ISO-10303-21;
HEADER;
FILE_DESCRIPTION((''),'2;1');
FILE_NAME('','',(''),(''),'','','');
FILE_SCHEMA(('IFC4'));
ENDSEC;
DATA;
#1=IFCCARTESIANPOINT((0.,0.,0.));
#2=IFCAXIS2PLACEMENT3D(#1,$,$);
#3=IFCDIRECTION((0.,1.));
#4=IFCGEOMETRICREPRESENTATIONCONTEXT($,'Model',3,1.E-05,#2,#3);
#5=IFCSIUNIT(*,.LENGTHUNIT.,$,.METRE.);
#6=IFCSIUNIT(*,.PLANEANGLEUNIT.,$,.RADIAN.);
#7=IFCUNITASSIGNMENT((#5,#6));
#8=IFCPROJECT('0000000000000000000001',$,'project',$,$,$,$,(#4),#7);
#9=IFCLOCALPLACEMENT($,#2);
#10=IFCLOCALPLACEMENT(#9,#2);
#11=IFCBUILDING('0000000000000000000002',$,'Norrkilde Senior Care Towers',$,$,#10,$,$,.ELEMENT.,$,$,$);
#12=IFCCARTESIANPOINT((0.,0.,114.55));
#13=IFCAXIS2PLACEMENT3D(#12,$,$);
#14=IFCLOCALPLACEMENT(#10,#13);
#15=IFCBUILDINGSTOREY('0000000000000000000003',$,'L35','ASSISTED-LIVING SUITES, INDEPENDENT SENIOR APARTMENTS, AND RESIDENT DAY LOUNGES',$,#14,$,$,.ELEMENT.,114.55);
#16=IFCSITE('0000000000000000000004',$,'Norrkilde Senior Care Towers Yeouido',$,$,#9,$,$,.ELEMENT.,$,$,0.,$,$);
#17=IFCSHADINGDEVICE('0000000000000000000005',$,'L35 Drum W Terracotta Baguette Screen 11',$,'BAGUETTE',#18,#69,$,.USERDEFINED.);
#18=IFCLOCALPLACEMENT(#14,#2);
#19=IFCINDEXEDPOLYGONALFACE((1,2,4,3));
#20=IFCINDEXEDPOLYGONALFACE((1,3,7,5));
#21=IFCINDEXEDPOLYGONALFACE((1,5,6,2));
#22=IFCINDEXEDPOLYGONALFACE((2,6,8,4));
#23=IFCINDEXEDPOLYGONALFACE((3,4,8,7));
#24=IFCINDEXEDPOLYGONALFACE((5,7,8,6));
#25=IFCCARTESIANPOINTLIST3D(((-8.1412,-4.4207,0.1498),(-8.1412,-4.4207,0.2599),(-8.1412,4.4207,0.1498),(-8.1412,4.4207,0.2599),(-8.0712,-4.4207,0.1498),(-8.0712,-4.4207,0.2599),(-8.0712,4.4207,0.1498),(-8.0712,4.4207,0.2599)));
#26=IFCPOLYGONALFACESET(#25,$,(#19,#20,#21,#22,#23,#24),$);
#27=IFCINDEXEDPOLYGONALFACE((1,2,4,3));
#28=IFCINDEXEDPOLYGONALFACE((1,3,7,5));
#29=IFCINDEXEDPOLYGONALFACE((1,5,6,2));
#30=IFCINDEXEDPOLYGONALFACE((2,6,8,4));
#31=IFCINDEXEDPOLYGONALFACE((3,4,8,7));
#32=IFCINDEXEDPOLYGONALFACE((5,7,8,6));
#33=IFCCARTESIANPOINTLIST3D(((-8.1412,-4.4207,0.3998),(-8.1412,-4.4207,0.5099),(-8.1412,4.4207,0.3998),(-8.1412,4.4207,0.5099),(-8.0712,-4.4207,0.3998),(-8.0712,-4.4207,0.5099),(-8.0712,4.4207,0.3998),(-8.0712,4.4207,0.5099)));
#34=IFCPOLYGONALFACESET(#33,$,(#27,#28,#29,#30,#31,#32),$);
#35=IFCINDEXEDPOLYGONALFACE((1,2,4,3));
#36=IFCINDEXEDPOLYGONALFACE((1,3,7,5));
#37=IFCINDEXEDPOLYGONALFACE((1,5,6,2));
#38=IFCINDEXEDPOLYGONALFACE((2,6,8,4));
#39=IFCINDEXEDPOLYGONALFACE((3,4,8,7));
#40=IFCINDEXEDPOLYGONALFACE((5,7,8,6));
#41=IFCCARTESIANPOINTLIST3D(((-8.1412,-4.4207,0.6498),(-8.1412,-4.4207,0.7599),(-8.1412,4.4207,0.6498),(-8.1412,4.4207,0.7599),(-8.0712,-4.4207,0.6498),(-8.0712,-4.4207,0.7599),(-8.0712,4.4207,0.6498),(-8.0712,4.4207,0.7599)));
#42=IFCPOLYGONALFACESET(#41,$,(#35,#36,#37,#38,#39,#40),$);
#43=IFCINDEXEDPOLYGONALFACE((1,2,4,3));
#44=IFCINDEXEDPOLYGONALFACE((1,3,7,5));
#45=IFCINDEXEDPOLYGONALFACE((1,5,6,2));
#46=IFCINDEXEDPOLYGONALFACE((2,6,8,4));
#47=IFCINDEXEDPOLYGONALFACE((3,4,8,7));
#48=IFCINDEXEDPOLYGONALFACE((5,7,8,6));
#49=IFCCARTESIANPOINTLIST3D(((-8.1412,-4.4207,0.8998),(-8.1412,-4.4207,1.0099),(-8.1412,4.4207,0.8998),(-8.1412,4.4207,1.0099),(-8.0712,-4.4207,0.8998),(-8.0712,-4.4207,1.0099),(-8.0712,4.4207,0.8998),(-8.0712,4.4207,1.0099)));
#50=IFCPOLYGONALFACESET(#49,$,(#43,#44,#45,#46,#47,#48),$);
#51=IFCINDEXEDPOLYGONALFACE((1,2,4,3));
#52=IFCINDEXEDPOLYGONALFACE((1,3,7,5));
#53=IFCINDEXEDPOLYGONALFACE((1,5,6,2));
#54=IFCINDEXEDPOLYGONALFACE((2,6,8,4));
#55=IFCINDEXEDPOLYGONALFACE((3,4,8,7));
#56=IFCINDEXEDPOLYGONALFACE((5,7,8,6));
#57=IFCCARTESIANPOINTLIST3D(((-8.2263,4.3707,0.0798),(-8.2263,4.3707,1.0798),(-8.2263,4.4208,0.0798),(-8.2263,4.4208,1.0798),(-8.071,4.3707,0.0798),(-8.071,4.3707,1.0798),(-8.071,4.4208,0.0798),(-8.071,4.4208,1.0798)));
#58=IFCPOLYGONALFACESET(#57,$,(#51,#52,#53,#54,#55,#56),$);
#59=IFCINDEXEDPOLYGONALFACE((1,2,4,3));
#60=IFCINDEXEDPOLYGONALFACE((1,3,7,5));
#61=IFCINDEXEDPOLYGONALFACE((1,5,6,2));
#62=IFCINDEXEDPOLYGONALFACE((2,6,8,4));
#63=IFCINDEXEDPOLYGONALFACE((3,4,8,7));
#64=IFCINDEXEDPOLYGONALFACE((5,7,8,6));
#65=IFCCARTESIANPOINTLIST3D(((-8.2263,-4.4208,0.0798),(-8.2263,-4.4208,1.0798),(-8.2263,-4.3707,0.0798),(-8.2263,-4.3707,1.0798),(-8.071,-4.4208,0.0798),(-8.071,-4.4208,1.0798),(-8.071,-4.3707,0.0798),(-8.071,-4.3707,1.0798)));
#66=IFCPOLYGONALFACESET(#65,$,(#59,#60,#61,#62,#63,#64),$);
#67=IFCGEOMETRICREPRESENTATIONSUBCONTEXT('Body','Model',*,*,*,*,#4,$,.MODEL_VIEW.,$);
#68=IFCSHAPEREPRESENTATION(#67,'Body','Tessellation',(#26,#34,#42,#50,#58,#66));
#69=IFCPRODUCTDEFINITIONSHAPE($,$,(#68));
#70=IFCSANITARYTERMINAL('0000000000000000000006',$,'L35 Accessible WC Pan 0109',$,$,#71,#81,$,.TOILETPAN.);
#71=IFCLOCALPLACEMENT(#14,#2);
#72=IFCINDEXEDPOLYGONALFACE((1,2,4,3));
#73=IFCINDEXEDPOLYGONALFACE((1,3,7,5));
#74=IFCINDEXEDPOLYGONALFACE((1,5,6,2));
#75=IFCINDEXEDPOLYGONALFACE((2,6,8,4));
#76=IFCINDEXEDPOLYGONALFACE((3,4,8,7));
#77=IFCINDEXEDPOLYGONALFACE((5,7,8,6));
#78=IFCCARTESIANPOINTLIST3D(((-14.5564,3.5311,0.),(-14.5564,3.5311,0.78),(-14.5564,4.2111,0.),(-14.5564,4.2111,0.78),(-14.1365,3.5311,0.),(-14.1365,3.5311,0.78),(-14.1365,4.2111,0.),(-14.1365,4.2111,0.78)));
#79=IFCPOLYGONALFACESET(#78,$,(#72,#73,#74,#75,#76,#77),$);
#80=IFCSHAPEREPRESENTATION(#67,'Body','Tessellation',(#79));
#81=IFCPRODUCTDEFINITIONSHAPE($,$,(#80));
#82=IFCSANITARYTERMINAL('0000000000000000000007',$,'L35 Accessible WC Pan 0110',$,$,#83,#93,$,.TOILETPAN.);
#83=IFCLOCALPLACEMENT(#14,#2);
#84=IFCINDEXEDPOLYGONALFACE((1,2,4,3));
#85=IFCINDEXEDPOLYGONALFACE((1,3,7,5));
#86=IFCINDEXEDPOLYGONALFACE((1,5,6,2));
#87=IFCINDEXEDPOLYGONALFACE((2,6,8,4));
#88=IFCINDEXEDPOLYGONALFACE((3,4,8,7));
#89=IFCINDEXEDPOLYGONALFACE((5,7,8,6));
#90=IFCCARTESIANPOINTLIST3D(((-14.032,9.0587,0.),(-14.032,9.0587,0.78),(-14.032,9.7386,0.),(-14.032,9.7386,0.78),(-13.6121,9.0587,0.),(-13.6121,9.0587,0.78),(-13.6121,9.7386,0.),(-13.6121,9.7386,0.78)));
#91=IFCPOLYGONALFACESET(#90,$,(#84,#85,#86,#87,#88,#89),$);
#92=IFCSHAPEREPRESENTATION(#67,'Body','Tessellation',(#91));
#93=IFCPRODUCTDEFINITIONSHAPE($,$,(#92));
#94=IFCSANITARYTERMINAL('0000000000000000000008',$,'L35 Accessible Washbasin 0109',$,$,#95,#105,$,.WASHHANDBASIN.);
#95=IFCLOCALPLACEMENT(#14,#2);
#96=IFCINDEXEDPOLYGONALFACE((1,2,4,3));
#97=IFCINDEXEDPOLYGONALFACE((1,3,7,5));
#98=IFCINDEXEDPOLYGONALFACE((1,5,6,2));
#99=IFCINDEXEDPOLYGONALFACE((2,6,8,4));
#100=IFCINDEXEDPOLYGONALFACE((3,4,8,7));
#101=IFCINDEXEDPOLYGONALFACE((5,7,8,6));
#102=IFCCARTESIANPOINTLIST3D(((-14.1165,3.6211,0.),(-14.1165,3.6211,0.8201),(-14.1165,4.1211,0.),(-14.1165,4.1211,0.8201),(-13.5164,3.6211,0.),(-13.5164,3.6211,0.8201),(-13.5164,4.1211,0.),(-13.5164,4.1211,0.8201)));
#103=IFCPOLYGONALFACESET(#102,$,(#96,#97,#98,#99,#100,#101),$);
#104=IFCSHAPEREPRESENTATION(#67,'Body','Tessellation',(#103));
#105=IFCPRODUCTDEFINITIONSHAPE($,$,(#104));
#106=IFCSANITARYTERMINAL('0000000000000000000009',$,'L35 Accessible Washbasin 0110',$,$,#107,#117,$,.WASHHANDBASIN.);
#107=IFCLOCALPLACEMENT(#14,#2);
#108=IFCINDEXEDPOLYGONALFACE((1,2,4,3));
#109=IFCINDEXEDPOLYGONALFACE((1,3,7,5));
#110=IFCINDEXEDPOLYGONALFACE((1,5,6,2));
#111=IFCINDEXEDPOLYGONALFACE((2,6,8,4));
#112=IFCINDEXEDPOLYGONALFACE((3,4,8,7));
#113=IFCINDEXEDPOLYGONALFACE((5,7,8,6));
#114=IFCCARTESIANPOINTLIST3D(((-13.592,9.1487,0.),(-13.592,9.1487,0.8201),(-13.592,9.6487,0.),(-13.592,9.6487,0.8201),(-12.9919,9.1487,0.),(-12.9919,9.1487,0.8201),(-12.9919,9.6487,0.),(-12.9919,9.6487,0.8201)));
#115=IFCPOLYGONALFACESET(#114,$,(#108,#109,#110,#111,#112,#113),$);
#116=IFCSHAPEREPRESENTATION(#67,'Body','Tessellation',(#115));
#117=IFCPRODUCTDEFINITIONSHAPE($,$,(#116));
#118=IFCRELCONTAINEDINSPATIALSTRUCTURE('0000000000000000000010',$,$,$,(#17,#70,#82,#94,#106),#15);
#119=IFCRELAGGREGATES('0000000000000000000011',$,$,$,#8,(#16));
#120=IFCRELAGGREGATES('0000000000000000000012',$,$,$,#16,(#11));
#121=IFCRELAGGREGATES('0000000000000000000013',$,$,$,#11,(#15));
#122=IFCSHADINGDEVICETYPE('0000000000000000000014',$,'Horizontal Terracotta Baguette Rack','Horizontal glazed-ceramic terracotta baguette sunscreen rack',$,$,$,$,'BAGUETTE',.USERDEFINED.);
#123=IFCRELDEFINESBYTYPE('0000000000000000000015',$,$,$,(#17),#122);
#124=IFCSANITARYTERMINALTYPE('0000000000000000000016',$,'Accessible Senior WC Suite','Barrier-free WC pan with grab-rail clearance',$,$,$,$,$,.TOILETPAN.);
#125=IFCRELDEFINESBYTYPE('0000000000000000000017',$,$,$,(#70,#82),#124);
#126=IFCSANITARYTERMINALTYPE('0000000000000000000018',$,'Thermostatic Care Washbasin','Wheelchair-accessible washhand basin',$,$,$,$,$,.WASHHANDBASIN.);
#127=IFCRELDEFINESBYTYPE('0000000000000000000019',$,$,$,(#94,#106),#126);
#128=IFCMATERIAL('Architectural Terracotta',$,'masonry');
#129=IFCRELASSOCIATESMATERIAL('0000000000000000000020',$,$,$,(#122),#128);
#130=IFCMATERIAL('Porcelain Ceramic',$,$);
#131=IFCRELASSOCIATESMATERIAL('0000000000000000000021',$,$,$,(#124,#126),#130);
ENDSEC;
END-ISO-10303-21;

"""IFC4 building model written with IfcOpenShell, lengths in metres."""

from ifc_helpers import new_model, si_unit, direction, frame, origin, origin_2d, place, context, subcontext, project, spatial, rectangle, extrude, source, transform, mapped, material, type_object, type_shapes, element, save


model = new_model("IFC4")

# Units and contexts
model_context = context("Model", 3, precision=1e-05, world=origin(), true_north=direction((0.0, 1.0)))
body_context = subcontext(model_context, "Body", "Model", "MODEL_VIEW")
ifc_project = project(units=[si_unit("LENGTHUNIT", "METRE"), si_unit("PLANEANGLEUNIT", "RADIAN")], contexts=[model_context])

# Site, building, storey
site_placement = place(None, origin())
site = spatial("IfcSite", under=ifc_project, at=site_placement, Name="Norrkilde Senior Care Towers Yeouido", CompositionType="ELEMENT", RefElevation=0.0)
building_placement = place(site_placement, origin())
building = spatial("IfcBuilding", under=site, at=building_placement, Name="Norrkilde Senior Care Towers", CompositionType="ELEMENT")
storey_placement = place(building_placement, frame((0.0, 0.0, 114.55)))
storey = spatial("IfcBuildingStorey", under=building, at=storey_placement, Name="L35", Description="ASSISTED-LIVING SUITES, INDEPENDENT SENIOR APARTMENTS, AND RESIDENT DAY LOUNGES", CompositionType="ELEMENT", Elevation=114.55)

# Shading device
ifc_material_1 = material(Name="Architectural Terracotta", Category="masonry")
shading_device_type = type_object("IfcShadingDeviceType", Name="Horizontal Terracotta Baguette Rack", Description="Horizontal glazed-ceramic terracotta baguette sunscreen rack", ElementType="BAGUETTE", PredefinedType="USERDEFINED", material=ifc_material_1)
shared_shape_1 = source(origin(), body_context, "Body", "SweptSolid", [
    extrude(rectangle(XDim=0.0701, YDim=0.1101, at=origin_2d()), frame((0.0, 0.0901, 0.125), z_axis=(1.0, 0.0, 0.0), x_axis=(0.0, 1.0, 0.0)), (0.0, 0.0, 1.0), 8.8413),
    extrude(rectangle(XDim=0.0701, YDim=0.1101, at=origin_2d()), frame((0.0, 0.0901, 0.375), z_axis=(1.0, 0.0, 0.0), x_axis=(0.0, 1.0, 0.0)), (0.0, 0.0, 1.0), 8.8413),
    extrude(rectangle(XDim=0.0701, YDim=0.1101, at=origin_2d()), frame((0.0, 0.0901, 0.625), z_axis=(1.0, 0.0, 0.0), x_axis=(0.0, 1.0, 0.0)), (0.0, 0.0, 1.0), 8.8413),
    extrude(rectangle(XDim=0.0701, YDim=0.1101, at=origin_2d()), frame((0.0, 0.0901, 0.875), z_axis=(1.0, 0.0, 0.0), x_axis=(0.0, 1.0, 0.0)), (0.0, 0.0, 1.0), 8.8413),
    extrude(rectangle(XDim=0.05, YDim=0.1553, at=origin_2d()), frame((0.0249, 0.0476, 0.0)), (0.0, 0.0, 1.0), 1.0),
    extrude(rectangle(XDim=0.05, YDim=0.1553, at=origin_2d()), frame((8.8164, 0.0476, 0.0)), (0.0, 0.0, 1.0), 1.0),
])
type_shapes(shading_device_type, [shared_shape_1])
shading_device_placement = place(storey_placement, frame((-8.1963, 4.4207, 0.0798), z_axis=(0.0, 0.0, 1.0), x_axis=(0.0, -1.0, 0.0)))
element("IfcShadingDevice", 1, at=shading_device_placement, inside=storey, type_object=shading_device_type, Name="L35 Drum W Terracotta Baguette Screen 11", ObjectType="BAGUETTE", PredefinedType="USERDEFINED", context=body_context, shape_type="MappedRepresentation", body=[
    mapped(shared_shape_1, transform((0.0, 0.0, 0.0), x_axis=(1.0, 0.0, 0.0), y_axis=(0.0, 1.0, 0.0), z_axis=(0.0, 0.0, 1.0), scale=1.0)),
])

# Sanitary terminals
ifc_material_2 = material(Name="Porcelain Ceramic")
sanitary_terminal_type_1 = type_object("IfcSanitaryTerminalType", Name="Accessible Senior WC Suite", Description="Barrier-free WC pan with grab-rail clearance", PredefinedType="TOILETPAN", material=ifc_material_2)
shared_shape_2 = source(origin(), body_context, "Body", "SweptSolid", [
    extrude(rectangle(XDim=0.4199, YDim=0.6799, at=origin_2d()), origin(), (0.0, 0.0, 1.0), 0.78),
])
type_shapes(sanitary_terminal_type_1, [shared_shape_2])
for number, where, z_axis, x_axis, name in (
    (2, (-14.3464, 3.8711, 0.0), (0.0, 0.0, 1.0), (1.0, 0.0, 0.0), "L35 Accessible WC Pan 0109"),
    (3, (-13.822, 9.3987, 0.0), (0.0, 0.0, 1.0), (1.0, 0.0, 0.0), "L35 Accessible WC Pan 0110"),
):
    element("IfcSanitaryTerminal", number, at=place(storey_placement, frame(where, z_axis=z_axis, x_axis=x_axis)), inside=storey, type_object=sanitary_terminal_type_1, Name=name, PredefinedType="TOILETPAN", context=body_context, shape_type="MappedRepresentation", body=[
        mapped(shared_shape_2, transform((0.0, 0.0, 0.0), x_axis=(1.0, 0.0, 0.0), y_axis=(0.0, 1.0, 0.0), z_axis=(0.0, 0.0, 1.0), scale=1.0)),
    ])
sanitary_terminal_type_2 = type_object("IfcSanitaryTerminalType", Name="Thermostatic Care Washbasin", Description="Wheelchair-accessible washhand basin", PredefinedType="WASHHANDBASIN", material=ifc_material_2)
shared_shape_3 = source(origin(), body_context, "Body", "SweptSolid", [
    extrude(rectangle(XDim=0.6001, YDim=0.5, at=origin_2d()), origin(), (0.0, 0.0, 1.0), 0.8201),
])
type_shapes(sanitary_terminal_type_2, [shared_shape_3])
for number, where, z_axis, x_axis, name in (
    (4, (-13.8164, 3.8711, 0.0), (0.0, 0.0, 1.0), (1.0, 0.0, 0.0), "L35 Accessible Washbasin 0109"),
    (5, (-13.292, 9.3987, 0.0), (0.0, 0.0, 1.0), (1.0, 0.0, 0.0), "L35 Accessible Washbasin 0110"),
):
    element("IfcSanitaryTerminal", number, at=place(storey_placement, frame(where, z_axis=z_axis, x_axis=x_axis)), inside=storey, type_object=sanitary_terminal_type_2, Name=name, PredefinedType="WASHHANDBASIN", context=body_context, shape_type="MappedRepresentation", body=[
        mapped(shared_shape_3, transform((0.0, 0.0, 0.0), x_axis=(1.0, 0.0, 0.0), y_axis=(0.0, 1.0, 0.0), z_axis=(0.0, 0.0, 1.0), scale=1.0)),
    ])

save(model, "model.ifc")
